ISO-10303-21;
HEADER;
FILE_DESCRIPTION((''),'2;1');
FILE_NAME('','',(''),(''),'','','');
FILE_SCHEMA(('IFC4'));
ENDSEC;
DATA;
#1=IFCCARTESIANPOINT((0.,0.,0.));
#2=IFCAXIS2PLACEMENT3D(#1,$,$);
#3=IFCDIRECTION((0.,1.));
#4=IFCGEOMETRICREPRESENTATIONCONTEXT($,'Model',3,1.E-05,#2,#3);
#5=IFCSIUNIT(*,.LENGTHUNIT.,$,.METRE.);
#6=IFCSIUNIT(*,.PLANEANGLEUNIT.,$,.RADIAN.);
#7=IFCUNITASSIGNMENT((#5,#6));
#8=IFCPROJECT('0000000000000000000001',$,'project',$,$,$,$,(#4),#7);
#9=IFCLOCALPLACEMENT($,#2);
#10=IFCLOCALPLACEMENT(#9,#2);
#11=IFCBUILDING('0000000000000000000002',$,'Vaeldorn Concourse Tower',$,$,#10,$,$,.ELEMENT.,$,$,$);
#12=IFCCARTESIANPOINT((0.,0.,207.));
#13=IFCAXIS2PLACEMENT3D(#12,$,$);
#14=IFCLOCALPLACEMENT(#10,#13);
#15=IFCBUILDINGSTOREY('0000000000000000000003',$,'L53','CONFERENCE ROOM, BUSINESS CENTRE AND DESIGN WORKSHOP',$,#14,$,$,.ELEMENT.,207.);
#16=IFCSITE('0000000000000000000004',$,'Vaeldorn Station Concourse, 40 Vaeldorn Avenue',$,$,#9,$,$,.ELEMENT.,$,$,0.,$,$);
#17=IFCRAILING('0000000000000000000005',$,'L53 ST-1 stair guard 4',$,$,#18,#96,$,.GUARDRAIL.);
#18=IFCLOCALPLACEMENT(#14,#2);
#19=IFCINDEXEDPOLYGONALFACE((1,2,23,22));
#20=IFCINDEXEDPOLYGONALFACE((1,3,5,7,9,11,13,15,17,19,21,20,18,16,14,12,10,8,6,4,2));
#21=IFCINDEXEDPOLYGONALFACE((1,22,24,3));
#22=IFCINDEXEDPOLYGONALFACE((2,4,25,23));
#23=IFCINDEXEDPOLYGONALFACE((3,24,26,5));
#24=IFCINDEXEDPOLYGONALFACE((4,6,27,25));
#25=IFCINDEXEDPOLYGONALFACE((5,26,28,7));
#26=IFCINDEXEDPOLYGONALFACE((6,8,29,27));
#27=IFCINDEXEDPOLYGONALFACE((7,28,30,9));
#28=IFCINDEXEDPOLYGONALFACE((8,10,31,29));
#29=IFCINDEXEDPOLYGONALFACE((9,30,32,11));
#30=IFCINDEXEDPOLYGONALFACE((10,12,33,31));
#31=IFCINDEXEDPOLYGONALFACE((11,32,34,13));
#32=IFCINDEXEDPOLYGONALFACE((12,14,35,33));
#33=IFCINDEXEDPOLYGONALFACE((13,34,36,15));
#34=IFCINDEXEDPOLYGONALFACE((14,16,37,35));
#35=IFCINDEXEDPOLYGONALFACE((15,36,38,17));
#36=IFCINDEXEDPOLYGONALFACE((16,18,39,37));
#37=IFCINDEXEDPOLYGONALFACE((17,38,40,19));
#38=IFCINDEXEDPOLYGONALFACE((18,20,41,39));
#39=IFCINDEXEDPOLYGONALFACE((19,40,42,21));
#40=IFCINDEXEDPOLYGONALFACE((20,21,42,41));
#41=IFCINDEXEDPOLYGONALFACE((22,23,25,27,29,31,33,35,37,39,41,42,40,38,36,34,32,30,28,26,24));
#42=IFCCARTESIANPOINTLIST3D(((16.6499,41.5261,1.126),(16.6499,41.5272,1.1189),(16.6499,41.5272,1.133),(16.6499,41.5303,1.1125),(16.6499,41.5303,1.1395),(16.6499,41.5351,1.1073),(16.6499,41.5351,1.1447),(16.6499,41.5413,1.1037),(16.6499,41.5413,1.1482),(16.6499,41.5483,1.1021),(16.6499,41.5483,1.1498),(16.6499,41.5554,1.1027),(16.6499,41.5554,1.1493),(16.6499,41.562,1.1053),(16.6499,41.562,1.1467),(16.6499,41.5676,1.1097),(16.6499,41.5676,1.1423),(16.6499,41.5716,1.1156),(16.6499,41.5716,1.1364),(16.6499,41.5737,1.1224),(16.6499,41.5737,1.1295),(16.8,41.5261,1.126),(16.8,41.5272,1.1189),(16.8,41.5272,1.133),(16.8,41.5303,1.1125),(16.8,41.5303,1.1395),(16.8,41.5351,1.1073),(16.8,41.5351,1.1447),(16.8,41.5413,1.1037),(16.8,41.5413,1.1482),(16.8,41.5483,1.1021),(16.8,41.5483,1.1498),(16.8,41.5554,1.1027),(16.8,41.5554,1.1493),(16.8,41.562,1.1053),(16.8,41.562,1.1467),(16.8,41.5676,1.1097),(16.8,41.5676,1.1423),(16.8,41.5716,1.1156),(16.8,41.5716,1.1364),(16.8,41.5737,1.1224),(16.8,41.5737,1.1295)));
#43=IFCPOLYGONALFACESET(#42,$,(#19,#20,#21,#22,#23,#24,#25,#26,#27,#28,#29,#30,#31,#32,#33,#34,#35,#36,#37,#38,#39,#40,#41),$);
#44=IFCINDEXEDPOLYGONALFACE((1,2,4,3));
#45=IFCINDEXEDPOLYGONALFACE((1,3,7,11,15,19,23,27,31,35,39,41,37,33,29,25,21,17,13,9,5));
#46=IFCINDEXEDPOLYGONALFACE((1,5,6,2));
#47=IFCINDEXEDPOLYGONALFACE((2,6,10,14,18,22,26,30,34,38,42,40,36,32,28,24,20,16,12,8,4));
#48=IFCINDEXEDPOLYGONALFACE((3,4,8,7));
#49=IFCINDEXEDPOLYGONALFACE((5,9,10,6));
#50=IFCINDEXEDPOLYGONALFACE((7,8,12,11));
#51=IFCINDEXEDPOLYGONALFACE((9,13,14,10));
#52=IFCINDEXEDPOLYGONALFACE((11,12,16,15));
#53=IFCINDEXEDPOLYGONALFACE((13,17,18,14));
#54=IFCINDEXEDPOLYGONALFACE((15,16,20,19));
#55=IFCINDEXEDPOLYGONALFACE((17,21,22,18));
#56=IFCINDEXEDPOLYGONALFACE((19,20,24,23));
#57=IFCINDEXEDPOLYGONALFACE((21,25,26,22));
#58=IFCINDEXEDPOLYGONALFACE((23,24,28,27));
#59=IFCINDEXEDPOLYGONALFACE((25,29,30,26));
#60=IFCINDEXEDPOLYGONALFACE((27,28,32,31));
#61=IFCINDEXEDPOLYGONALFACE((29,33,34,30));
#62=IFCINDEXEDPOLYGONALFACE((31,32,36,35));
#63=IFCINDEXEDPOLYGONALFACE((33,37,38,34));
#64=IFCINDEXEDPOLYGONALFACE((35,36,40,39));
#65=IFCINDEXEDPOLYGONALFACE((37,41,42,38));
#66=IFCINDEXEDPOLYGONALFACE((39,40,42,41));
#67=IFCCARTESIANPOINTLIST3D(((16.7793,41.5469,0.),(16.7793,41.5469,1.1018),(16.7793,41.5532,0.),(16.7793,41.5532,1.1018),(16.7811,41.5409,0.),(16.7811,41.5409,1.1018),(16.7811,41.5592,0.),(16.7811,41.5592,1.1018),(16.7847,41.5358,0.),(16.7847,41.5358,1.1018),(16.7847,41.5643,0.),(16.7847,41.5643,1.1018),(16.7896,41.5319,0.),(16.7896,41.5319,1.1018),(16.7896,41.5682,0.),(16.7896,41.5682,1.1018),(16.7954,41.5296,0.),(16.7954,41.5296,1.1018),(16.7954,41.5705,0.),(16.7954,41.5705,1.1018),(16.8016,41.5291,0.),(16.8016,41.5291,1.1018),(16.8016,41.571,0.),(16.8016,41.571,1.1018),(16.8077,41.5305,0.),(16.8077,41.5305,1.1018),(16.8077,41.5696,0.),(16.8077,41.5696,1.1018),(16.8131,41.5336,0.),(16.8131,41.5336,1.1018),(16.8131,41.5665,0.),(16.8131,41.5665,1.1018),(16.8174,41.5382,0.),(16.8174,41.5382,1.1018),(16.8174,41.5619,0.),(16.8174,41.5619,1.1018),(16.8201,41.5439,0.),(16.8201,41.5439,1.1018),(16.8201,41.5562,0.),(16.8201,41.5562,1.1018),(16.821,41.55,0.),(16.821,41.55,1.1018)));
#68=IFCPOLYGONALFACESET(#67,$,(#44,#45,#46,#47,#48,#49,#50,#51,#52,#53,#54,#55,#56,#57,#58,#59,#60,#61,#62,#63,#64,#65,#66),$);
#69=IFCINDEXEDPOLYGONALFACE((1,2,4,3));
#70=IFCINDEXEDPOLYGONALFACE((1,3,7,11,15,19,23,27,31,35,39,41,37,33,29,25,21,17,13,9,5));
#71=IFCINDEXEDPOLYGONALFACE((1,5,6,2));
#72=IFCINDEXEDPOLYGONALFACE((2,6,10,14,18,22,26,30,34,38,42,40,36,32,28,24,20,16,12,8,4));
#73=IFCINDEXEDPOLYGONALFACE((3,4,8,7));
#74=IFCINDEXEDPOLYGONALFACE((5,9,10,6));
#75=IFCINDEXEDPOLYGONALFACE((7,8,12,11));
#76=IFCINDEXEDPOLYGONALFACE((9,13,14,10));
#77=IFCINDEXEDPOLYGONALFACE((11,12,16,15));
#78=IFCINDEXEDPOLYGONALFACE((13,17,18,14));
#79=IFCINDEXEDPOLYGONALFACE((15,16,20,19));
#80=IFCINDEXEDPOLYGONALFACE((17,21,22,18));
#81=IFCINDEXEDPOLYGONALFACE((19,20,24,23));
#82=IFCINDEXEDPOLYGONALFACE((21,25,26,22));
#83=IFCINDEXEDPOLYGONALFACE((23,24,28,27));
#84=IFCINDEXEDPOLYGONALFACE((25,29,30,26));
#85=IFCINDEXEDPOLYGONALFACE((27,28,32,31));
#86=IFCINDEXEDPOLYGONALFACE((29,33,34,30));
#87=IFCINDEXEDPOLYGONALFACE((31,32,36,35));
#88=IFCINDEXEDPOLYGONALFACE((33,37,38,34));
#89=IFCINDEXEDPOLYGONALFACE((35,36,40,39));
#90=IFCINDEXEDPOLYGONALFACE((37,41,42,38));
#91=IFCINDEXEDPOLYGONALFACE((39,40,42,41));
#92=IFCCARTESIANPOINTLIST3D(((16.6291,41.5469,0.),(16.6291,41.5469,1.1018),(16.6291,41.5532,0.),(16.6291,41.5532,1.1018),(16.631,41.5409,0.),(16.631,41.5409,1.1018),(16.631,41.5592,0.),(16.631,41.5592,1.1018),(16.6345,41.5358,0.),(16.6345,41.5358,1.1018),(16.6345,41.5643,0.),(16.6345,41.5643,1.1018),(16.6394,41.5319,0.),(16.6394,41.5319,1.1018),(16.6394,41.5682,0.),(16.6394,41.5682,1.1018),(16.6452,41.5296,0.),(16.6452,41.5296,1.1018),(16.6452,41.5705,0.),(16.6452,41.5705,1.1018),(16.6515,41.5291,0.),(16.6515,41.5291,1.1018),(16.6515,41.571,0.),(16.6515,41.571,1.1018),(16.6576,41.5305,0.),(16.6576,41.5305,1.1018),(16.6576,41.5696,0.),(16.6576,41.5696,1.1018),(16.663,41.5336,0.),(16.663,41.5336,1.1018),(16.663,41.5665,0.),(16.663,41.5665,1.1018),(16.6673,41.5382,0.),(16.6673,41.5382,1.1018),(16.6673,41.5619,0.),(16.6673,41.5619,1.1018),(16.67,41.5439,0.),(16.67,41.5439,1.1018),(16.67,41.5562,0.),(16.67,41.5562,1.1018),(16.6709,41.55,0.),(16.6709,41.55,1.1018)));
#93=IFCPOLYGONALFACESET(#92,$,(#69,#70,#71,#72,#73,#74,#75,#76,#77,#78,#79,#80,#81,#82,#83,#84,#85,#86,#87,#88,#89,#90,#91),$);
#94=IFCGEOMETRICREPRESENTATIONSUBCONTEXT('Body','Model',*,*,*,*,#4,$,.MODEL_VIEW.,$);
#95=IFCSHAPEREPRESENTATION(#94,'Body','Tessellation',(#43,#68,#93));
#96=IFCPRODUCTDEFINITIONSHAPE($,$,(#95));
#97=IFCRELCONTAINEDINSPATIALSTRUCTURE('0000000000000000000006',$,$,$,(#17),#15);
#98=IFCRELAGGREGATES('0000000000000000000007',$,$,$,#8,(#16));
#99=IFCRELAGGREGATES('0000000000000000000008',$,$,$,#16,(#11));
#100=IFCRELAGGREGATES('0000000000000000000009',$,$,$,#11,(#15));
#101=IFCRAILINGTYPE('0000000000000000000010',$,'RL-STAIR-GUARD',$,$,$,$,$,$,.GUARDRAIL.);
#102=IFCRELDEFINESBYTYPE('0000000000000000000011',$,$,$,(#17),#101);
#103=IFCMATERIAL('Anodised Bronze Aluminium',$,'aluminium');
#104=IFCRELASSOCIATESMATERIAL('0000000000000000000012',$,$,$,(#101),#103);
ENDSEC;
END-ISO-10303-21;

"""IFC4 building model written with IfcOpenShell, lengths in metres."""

from ifc_helpers import new_model, si_unit, direction, frame, origin, origin_2d, place, context, subcontext, project, spatial, circle, extrude, material, type_object, element, save


model = new_model("IFC4")

# Units and contexts
model_context = context("Model", 3, precision=1e-05, world=origin(), true_north=direction((0.0, 1.0)))
body_context = subcontext(model_context, "Body", "Model", "MODEL_VIEW")
ifc_project = project(units=[si_unit("LENGTHUNIT", "METRE"), si_unit("PLANEANGLEUNIT", "RADIAN")], contexts=[model_context])

# Site, building, storey
site_placement = place(None, origin())
site = spatial("IfcSite", under=ifc_project, at=site_placement, Name="Vaeldorn Station Concourse, 40 Vaeldorn Avenue", CompositionType="ELEMENT", RefElevation=0.0)
building_placement = place(site_placement, origin())
building = spatial("IfcBuilding", under=site, at=building_placement, Name="Vaeldorn Concourse Tower", CompositionType="ELEMENT")
storey_placement = place(building_placement, frame((0.0, 0.0, 207.0)))
storey = spatial("IfcBuildingStorey", under=building, at=storey_placement, Name="L53", Description="CONFERENCE ROOM, BUSINESS CENTRE AND DESIGN WORKSHOP", CompositionType="ELEMENT", Elevation=207.0)

# Shared definitions
ifc_material_1 = material(Name="Anodised Bronze Aluminium", Category="aluminium")

# Railing
railing_type_1 = type_object("IfcRailingType", Name="RL-STAIR-GUARD", PredefinedType="GUARDRAIL", material=ifc_material_1)
railing_1_placement = place(storey_placement, frame((16.8, 41.55, 0.0)))
element("IfcRailing", 1, at=railing_1_placement, inside=storey, type_object=railing_type_1, Name="L53 ST-1 stair guard 4", PredefinedType="GUARDRAIL", context=body_context, shape_type="SweptSolid", body=[
    extrude(circle(Radius=0.0239, at=origin_2d()), frame((0.0, 0.0, 1.126), z_axis=(-1.0, 0.0, 0.0), x_axis=(0.0, -1.0, 0.0)), (0.0, 0.0, 1.0), 0.1501),
    extrude(circle(Radius=0.021, at=origin_2d()), origin(), (0.0, 0.0, 1.0), 1.1018),
    extrude(circle(Radius=0.021, at=origin_2d()), frame((-0.1501, 0.0, 0.0)), (0.0, 0.0, 1.0), 1.1018),
])

save(model, "model.ifc")
